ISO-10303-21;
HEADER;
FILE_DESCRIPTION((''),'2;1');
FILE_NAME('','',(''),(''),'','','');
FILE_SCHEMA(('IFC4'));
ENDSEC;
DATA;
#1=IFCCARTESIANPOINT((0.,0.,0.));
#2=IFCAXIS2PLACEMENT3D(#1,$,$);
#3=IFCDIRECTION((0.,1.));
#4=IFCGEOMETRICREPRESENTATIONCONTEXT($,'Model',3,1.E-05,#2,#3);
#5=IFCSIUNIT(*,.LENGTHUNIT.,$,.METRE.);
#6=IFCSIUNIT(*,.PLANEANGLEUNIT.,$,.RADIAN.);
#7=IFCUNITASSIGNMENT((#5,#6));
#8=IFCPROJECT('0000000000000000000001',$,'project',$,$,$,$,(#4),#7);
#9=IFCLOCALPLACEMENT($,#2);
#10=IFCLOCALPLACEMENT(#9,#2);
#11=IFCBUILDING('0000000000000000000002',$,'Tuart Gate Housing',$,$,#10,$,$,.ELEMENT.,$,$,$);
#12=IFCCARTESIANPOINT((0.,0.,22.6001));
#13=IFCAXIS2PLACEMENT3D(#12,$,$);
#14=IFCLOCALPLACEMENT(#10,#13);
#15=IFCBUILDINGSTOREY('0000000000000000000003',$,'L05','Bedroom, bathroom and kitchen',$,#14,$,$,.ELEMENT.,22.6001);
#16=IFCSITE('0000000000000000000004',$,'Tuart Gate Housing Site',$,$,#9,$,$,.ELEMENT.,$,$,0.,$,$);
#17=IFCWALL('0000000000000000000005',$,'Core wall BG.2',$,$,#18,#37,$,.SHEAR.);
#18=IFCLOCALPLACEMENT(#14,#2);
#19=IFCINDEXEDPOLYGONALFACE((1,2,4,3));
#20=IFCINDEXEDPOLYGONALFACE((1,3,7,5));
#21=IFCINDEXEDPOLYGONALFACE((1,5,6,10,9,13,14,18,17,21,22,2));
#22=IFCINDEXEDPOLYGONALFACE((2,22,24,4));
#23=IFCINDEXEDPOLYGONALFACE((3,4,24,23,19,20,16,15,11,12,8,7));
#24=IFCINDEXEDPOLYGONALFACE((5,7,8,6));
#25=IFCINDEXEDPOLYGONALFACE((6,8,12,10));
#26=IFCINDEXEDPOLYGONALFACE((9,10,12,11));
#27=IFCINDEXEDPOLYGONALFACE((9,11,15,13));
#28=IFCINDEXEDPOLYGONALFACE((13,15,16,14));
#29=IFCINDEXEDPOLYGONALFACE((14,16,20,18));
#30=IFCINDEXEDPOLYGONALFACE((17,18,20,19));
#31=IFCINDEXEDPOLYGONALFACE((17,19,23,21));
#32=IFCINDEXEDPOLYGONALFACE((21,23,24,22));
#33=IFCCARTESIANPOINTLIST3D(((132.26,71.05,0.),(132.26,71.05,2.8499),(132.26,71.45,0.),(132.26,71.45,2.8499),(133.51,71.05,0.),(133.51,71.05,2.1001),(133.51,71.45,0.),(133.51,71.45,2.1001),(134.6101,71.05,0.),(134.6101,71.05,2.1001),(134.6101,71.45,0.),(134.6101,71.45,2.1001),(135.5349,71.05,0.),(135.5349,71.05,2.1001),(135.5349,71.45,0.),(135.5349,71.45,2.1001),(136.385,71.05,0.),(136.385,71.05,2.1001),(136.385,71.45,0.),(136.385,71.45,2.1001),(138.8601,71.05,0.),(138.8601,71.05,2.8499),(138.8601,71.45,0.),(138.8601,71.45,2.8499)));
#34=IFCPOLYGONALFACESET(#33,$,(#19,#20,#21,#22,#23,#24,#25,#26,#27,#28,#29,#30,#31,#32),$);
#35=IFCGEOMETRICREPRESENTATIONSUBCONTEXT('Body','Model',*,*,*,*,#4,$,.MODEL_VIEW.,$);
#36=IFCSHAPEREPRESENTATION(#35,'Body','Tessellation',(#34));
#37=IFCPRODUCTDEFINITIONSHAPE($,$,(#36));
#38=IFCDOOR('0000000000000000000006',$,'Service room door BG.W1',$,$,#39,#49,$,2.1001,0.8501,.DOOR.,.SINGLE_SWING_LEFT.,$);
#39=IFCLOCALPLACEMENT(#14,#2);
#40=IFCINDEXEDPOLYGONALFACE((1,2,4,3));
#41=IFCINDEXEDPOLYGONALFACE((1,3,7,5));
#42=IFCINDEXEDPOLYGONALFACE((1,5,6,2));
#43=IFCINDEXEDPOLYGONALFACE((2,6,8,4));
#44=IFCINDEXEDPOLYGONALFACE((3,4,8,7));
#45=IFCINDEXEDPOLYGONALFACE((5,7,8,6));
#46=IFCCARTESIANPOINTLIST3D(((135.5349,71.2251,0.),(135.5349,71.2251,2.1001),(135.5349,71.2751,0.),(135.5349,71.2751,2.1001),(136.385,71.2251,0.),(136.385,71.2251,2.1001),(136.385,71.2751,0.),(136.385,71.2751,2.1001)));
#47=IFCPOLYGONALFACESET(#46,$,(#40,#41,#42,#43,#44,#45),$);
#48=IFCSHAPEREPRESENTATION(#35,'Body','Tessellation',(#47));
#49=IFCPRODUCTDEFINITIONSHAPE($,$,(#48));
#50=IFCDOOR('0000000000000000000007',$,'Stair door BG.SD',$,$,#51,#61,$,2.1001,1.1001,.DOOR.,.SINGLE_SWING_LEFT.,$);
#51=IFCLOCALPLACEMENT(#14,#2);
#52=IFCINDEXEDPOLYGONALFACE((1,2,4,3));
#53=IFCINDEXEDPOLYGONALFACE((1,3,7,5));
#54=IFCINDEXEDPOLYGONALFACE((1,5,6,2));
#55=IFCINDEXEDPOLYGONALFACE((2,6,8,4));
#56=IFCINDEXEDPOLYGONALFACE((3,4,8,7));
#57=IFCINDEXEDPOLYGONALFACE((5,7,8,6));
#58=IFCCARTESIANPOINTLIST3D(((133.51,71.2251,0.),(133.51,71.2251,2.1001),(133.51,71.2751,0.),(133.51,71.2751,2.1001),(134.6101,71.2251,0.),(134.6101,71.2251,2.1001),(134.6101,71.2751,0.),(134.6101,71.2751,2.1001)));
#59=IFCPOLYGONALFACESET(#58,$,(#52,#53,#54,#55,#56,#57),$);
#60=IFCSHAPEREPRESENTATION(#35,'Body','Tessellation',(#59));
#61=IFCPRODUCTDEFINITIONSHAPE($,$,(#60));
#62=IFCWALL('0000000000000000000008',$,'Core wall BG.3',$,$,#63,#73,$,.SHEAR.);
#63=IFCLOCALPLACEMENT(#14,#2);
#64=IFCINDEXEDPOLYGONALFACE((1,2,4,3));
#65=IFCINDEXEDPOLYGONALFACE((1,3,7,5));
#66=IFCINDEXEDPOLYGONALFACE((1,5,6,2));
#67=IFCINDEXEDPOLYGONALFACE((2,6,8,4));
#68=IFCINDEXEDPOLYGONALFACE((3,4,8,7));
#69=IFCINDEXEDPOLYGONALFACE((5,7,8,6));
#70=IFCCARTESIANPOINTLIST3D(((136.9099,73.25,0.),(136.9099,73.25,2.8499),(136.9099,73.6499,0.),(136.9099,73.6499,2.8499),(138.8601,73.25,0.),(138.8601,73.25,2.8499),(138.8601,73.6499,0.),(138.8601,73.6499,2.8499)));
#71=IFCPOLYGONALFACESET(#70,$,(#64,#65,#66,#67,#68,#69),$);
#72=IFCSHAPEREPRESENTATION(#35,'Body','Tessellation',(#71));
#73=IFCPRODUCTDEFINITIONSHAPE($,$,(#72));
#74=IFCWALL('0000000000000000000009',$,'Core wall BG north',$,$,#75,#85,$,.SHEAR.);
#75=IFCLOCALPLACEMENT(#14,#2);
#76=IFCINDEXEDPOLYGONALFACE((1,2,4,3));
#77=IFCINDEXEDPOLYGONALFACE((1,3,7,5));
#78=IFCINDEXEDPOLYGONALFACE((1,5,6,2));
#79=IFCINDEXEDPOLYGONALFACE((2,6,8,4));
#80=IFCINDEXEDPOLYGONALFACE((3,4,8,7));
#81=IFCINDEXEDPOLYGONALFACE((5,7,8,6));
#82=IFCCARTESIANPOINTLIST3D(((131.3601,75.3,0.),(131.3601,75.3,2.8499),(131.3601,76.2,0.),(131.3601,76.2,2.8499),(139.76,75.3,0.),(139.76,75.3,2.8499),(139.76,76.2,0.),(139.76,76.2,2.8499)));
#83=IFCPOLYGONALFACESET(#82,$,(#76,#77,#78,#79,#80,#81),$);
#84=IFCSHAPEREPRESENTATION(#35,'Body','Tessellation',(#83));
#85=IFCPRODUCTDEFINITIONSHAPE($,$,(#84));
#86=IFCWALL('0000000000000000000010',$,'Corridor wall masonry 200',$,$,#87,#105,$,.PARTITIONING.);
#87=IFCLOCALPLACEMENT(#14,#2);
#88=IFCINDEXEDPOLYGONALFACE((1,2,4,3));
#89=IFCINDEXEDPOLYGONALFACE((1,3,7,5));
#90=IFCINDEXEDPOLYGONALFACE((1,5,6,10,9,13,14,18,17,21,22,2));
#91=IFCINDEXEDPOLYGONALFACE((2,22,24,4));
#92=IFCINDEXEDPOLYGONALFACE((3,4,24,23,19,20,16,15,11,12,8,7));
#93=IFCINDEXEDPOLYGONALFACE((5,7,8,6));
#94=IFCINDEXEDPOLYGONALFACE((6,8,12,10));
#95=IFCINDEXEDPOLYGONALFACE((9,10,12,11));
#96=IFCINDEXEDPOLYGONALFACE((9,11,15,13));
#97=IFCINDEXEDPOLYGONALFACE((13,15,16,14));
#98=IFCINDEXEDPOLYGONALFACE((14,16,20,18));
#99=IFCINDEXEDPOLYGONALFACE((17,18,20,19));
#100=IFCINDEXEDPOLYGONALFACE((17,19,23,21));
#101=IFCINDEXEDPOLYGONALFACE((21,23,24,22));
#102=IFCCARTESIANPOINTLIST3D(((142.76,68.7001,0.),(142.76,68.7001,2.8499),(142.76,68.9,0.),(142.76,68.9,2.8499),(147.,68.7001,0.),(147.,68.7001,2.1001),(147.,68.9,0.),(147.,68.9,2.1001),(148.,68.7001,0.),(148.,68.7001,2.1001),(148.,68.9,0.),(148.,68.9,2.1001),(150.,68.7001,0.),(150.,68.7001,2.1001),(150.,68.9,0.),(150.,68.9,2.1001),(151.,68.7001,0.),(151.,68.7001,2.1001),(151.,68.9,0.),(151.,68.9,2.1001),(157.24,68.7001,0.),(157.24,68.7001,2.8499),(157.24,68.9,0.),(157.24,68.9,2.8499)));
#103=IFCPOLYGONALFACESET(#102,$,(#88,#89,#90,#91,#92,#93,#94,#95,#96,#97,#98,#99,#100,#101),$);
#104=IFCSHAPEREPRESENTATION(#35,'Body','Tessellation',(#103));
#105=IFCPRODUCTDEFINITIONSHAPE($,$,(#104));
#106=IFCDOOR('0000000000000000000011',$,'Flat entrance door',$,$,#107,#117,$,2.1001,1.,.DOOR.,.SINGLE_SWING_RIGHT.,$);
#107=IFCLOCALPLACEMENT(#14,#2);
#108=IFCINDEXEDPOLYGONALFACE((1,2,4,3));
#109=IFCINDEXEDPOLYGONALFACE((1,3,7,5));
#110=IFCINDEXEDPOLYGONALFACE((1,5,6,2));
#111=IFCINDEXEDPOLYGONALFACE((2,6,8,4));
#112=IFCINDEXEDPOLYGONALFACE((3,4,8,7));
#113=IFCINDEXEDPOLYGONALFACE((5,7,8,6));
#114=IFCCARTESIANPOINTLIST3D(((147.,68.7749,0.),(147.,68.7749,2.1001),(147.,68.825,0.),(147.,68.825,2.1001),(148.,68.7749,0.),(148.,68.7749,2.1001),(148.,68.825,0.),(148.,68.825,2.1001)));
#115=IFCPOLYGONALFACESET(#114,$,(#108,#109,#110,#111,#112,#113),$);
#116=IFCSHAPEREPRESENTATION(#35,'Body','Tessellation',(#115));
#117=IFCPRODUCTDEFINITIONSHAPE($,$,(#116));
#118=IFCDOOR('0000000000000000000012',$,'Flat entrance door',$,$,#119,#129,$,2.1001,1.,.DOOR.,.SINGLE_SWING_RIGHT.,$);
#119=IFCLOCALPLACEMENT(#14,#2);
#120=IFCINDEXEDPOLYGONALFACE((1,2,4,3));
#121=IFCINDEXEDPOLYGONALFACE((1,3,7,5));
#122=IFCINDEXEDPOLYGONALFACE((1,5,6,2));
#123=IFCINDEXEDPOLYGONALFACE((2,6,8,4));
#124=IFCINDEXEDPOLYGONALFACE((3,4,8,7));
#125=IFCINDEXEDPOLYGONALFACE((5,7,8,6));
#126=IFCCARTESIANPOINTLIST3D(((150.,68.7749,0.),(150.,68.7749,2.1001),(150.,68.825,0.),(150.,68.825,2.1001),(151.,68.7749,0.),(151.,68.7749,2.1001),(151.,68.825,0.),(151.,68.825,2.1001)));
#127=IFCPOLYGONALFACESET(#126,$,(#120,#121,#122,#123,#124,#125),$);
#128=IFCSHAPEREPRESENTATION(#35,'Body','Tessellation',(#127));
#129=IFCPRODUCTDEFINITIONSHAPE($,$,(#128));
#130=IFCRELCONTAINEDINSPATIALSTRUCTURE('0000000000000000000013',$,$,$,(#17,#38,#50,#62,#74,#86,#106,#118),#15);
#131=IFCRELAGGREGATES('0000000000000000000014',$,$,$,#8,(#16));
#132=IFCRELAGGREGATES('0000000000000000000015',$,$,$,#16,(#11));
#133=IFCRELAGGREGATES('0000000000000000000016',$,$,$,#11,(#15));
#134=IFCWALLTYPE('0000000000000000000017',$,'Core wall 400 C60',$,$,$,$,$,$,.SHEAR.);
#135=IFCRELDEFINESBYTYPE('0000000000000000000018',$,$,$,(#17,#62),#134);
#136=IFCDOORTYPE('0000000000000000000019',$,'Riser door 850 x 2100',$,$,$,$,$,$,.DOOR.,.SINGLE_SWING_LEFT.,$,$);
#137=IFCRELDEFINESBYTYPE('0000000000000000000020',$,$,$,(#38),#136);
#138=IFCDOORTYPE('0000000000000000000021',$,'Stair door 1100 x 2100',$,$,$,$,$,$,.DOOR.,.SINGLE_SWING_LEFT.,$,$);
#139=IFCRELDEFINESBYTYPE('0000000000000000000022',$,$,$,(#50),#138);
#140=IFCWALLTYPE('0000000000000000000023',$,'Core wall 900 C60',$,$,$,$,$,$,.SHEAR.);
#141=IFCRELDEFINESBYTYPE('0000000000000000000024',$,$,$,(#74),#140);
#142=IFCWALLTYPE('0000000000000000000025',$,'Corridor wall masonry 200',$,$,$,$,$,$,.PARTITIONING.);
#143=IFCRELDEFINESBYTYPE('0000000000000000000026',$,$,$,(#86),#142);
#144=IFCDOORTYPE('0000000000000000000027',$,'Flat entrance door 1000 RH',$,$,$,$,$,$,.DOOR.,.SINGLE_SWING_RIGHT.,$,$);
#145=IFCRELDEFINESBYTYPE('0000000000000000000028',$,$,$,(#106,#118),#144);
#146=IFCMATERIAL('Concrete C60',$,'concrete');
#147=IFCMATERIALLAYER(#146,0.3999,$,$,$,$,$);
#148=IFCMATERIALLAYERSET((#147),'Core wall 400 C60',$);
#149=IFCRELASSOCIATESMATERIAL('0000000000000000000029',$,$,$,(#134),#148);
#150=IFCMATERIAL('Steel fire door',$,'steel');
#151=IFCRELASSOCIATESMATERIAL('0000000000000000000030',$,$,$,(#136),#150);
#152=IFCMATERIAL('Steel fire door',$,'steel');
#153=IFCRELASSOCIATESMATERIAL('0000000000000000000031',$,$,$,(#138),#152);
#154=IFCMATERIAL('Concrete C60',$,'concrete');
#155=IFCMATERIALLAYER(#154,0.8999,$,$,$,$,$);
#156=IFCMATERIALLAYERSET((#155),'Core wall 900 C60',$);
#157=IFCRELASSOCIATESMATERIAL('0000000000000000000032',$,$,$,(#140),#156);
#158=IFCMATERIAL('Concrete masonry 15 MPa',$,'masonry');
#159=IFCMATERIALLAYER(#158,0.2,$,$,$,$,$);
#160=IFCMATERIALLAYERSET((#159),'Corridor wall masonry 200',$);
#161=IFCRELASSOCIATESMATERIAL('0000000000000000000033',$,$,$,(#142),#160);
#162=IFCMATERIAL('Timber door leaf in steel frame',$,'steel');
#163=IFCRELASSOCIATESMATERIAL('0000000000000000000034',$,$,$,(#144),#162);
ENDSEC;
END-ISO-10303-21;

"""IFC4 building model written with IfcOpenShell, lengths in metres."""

from ifc_helpers import new_model, si_unit, direction, frame, frame_2d, origin, place, context, subcontext, project, spatial, rectangle, extrude, material, layer, layer_set, type_object, element, fill, save


model = new_model("IFC4")

# Units and contexts
model_context = context("Model", 3, precision=1e-05, world=origin(), true_north=direction((0.0, 1.0)))
body_context = subcontext(model_context, "Body", "Model", "MODEL_VIEW")
ifc_project = project(units=[si_unit("LENGTHUNIT", "METRE"), si_unit("PLANEANGLEUNIT", "RADIAN")], contexts=[model_context])

# Site, building, storey
site_placement = place(None, origin())
site = spatial("IfcSite", under=ifc_project, at=site_placement, Name="Tuart Gate Housing Site", CompositionType="ELEMENT", RefElevation=0.0)
building_placement = place(site_placement, origin())
building = spatial("IfcBuilding", under=site, at=building_placement, Name="Tuart Gate Housing", CompositionType="ELEMENT")
storey_placement = place(building_placement, frame((0.0, 0.0, 22.6001)))
storey = spatial("IfcBuildingStorey", under=building, at=storey_placement, Name="L05", Description="Bedroom, bathroom and kitchen", CompositionType="ELEMENT", Elevation=22.6001)

# Wall, openings, doors
ifc_material_1 = material(Name="Concrete C60", Category="concrete")
ifc_layer_1 = layer(ifc_material_1, 0.3999)
ifc_layer_set_1 = layer_set([ifc_layer_1], Name="Core wall 400 C60")
wall_type_1 = type_object("IfcWallType", Name="Core wall 400 C60", PredefinedType="SHEAR", material=ifc_layer_set_1)
wall_1_placement = place(storey_placement, frame((138.8601, 71.25, 0.0), z_axis=(0.0, 0.0, 1.0), x_axis=(-1.0, 0.0, 0.0)))
wall_1 = element("IfcWall", 1, at=wall_1_placement, inside=storey, type_object=wall_type_1, Name="Core wall BG.2", PredefinedType="SHEAR", context=body_context, shape_type="SweptSolid", body=[
    extrude(rectangle(XDim=6.6001, YDim=0.3999, at=frame_2d((3.3, 0.0))), origin(), (0.0, 0.0, 1.0), 2.8499),
])
opening_1_placement = place(wall_1_placement, frame((4.25, 0.0, 0.0)))
opening_1 = element("IfcOpeningElement", 2, at=opening_1_placement, cuts=wall_1, PredefinedType="OPENING", context=body_context, shape_type="SweptSolid", body=[
    extrude(rectangle(XDim=1.1001, YDim=2.1001, at=frame_2d((0.55, 1.05))), frame((0.0, 0.21, 0.0), z_axis=(0.0, -1.0, 0.0), x_axis=(1.0, 0.0, 0.0)), (0.0, 0.0, 1.0), 0.4199),
])
opening_2_placement = place(wall_1_placement, frame((2.4751, 0.0, 0.0)))
opening_2 = element("IfcOpeningElement", 3, at=opening_2_placement, cuts=wall_1, PredefinedType="OPENING", context=body_context, shape_type="SweptSolid", body=[
    extrude(rectangle(XDim=0.8501, YDim=2.1001, at=frame_2d((0.425, 1.05))), frame((0.0, 0.21, 0.0), z_axis=(0.0, -1.0, 0.0), x_axis=(1.0, 0.0, 0.0)), (0.0, 0.0, 1.0), 0.4199),
])
ifc_material_2 = material(Name="Steel fire door", Category="steel")
door_type_1 = type_object("IfcDoorType", Name="Riser door 850 x 2100", OperationType="SINGLE_SWING_LEFT", PredefinedType="DOOR", material=ifc_material_2)
door_1_placement = place(opening_2_placement, origin())
door_1 = element("IfcDoor", 4, at=door_1_placement, inside=storey, type_object=door_type_1, Name="Service room door BG.W1", OperationType="SINGLE_SWING_LEFT", OverallHeight=2.1001, OverallWidth=0.8501, PredefinedType="DOOR", context=body_context, shape_type="SweptSolid", body=[
    extrude(rectangle(XDim=0.8501, YDim=2.1001, at=frame_2d((0.425, 1.05))), frame((0.0, 0.0249, 0.0), z_axis=(0.0, -1.0, 0.0), x_axis=(1.0, 0.0, 0.0)), (0.0, 0.0, 1.0), 0.05),
])
fill(opening_2, door_1)
ifc_material_3 = material(Name="Steel fire door", Category="steel")
door_type_2 = type_object("IfcDoorType", Name="Stair door 1100 x 2100", OperationType="SINGLE_SWING_LEFT", PredefinedType="DOOR", material=ifc_material_3)
door_2_placement = place(opening_1_placement, origin())
door_2 = element("IfcDoor", 5, at=door_2_placement, inside=storey, type_object=door_type_2, Name="Stair door BG.SD", OperationType="SINGLE_SWING_LEFT", OverallHeight=2.1001, OverallWidth=1.1001, PredefinedType="DOOR", context=body_context, shape_type="SweptSolid", body=[
    extrude(rectangle(XDim=1.1001, YDim=2.1001, at=frame_2d((0.55, 1.05))), frame((0.0, 0.0249, 0.0), z_axis=(0.0, -1.0, 0.0), x_axis=(1.0, 0.0, 0.0)), (0.0, 0.0, 1.0), 0.05),
])
fill(opening_1, door_2)

# Walls
wall_2_placement = place(storey_placement, frame((138.8601, 73.45, 0.0), z_axis=(0.0, 0.0, 1.0), x_axis=(-1.0, 0.0, 0.0)))
element("IfcWall", 6, at=wall_2_placement, inside=storey, type_object=wall_type_1, Name="Core wall BG.3", PredefinedType="SHEAR", context=body_context, shape_type="SweptSolid", body=[
    extrude(rectangle(XDim=1.9502, YDim=0.3999, at=frame_2d((0.9751, 0.0))), origin(), (0.0, 0.0, 1.0), 2.8499),
])
ifc_material_4 = material(Name="Concrete C60", Category="concrete")
ifc_layer_2 = layer(ifc_material_4, 0.8999)
ifc_layer_set_2 = layer_set([ifc_layer_2], Name="Core wall 900 C60")
wall_type_2 = type_object("IfcWallType", Name="Core wall 900 C60", PredefinedType="SHEAR", material=ifc_layer_set_2)
wall_3_placement = place(storey_placement, frame((139.76, 75.75, 0.0), z_axis=(0.0, 0.0, 1.0), x_axis=(-1.0, 0.0, 0.0)))
element("IfcWall", 7, at=wall_3_placement, inside=storey, type_object=wall_type_2, Name="Core wall BG north", PredefinedType="SHEAR", context=body_context, shape_type="SweptSolid", body=[
    extrude(rectangle(XDim=8.3999, YDim=0.8999, at=frame_2d((4.2, 0.0))), origin(), (0.0, 0.0, 1.0), 2.8499),
])

# Wall, openings, doors
ifc_material_5 = material(Name="Concrete masonry 15 MPa", Category="masonry")
ifc_layer_3 = layer(ifc_material_5, 0.2)
ifc_layer_set_3 = layer_set([ifc_layer_3], Name="Corridor wall masonry 200")
wall_type_3 = type_object("IfcWallType", Name="Corridor wall masonry 200", PredefinedType="PARTITIONING", material=ifc_layer_set_3)
wall_4_placement = place(storey_placement, frame((142.76, 68.8, 0.0), z_axis=(0.0, 0.0, 1.0), x_axis=(1.0, 0.0, 0.0)))
wall_4 = element("IfcWall", 8, at=wall_4_placement, inside=storey, type_object=wall_type_3, Name="Corridor wall masonry 200", PredefinedType="PARTITIONING", context=body_context, shape_type="SweptSolid", body=[
    extrude(rectangle(XDim=14.48, YDim=0.2, at=frame_2d((7.24, 0.0))), origin(), (0.0, 0.0, 1.0), 2.8499),
])
opening_3_placement = place(wall_4_placement, frame((4.24, 0.0, 0.0)))
opening_3 = element("IfcOpeningElement", 9, at=opening_3_placement, cuts=wall_4, PredefinedType="OPENING", context=body_context, shape_type="SweptSolid", body=[
    extrude(rectangle(XDim=1.0, YDim=2.1001, at=frame_2d((0.5, 1.05))), frame((0.0, 0.1099, 0.0), z_axis=(0.0, -1.0, 0.0), x_axis=(1.0, 0.0, 0.0)), (0.0, 0.0, 1.0), 0.22),
])
opening_4_placement = place(wall_4_placement, frame((7.24, 0.0, 0.0)))
opening_4 = element("IfcOpeningElement", 10, at=opening_4_placement, cuts=wall_4, PredefinedType="OPENING", context=body_context, shape_type="SweptSolid", body=[
    extrude(rectangle(XDim=1.0, YDim=2.1001, at=frame_2d((0.5, 1.05))), frame((0.0, 0.1099, 0.0), z_axis=(0.0, -1.0, 0.0), x_axis=(1.0, 0.0, 0.0)), (0.0, 0.0, 1.0), 0.22),
])
ifc_material_6 = material(Name="Timber door leaf in steel frame", Category="steel")
door_type_3 = type_object("IfcDoorType", Name="Flat entrance door 1000 RH", OperationType="SINGLE_SWING_RIGHT", PredefinedType="DOOR", material=ifc_material_6)
door_3_placement = place(opening_3_placement, frame((1.0, 0.0, 0.0), z_axis=(0.0, 0.0, 1.0), x_axis=(-1.0, 0.0, 0.0)))
door_3 = element("IfcDoor", 11, at=door_3_placement, inside=storey, type_object=door_type_3, Name="Flat entrance door", OperationType="SINGLE_SWING_RIGHT", OverallHeight=2.1001, OverallWidth=1.0, PredefinedType="DOOR", context=body_context, shape_type="SweptSolid", body=[
    extrude(rectangle(XDim=1.0, YDim=2.1001, at=frame_2d((0.5, 1.05))), frame((0.0, 0.0251, 0.0), z_axis=(0.0, -1.0, 0.0), x_axis=(1.0, 0.0, 0.0)), (0.0, 0.0, 1.0), 0.05),
])
fill(opening_3, door_3)
door_4_placement = place(opening_4_placement, frame((1.0, 0.0, 0.0), z_axis=(0.0, 0.0, 1.0), x_axis=(-1.0, 0.0, 0.0)))
door_4 = element("IfcDoor", 12, at=door_4_placement, inside=storey, type_object=door_type_3, Name="Flat entrance door", OperationType="SINGLE_SWING_RIGHT", OverallHeight=2.1001, OverallWidth=1.0, PredefinedType="DOOR", context=body_context, shape_type="SweptSolid", body=[
    extrude(rectangle(XDim=1.0, YDim=2.1001, at=frame_2d((0.5, 1.05))), frame((0.0, 0.0251, 0.0), z_axis=(0.0, -1.0, 0.0), x_axis=(1.0, 0.0, 0.0)), (0.0, 0.0, 1.0), 0.05),
])
fill(opening_4, door_4)

save(model, "model.ifc")
